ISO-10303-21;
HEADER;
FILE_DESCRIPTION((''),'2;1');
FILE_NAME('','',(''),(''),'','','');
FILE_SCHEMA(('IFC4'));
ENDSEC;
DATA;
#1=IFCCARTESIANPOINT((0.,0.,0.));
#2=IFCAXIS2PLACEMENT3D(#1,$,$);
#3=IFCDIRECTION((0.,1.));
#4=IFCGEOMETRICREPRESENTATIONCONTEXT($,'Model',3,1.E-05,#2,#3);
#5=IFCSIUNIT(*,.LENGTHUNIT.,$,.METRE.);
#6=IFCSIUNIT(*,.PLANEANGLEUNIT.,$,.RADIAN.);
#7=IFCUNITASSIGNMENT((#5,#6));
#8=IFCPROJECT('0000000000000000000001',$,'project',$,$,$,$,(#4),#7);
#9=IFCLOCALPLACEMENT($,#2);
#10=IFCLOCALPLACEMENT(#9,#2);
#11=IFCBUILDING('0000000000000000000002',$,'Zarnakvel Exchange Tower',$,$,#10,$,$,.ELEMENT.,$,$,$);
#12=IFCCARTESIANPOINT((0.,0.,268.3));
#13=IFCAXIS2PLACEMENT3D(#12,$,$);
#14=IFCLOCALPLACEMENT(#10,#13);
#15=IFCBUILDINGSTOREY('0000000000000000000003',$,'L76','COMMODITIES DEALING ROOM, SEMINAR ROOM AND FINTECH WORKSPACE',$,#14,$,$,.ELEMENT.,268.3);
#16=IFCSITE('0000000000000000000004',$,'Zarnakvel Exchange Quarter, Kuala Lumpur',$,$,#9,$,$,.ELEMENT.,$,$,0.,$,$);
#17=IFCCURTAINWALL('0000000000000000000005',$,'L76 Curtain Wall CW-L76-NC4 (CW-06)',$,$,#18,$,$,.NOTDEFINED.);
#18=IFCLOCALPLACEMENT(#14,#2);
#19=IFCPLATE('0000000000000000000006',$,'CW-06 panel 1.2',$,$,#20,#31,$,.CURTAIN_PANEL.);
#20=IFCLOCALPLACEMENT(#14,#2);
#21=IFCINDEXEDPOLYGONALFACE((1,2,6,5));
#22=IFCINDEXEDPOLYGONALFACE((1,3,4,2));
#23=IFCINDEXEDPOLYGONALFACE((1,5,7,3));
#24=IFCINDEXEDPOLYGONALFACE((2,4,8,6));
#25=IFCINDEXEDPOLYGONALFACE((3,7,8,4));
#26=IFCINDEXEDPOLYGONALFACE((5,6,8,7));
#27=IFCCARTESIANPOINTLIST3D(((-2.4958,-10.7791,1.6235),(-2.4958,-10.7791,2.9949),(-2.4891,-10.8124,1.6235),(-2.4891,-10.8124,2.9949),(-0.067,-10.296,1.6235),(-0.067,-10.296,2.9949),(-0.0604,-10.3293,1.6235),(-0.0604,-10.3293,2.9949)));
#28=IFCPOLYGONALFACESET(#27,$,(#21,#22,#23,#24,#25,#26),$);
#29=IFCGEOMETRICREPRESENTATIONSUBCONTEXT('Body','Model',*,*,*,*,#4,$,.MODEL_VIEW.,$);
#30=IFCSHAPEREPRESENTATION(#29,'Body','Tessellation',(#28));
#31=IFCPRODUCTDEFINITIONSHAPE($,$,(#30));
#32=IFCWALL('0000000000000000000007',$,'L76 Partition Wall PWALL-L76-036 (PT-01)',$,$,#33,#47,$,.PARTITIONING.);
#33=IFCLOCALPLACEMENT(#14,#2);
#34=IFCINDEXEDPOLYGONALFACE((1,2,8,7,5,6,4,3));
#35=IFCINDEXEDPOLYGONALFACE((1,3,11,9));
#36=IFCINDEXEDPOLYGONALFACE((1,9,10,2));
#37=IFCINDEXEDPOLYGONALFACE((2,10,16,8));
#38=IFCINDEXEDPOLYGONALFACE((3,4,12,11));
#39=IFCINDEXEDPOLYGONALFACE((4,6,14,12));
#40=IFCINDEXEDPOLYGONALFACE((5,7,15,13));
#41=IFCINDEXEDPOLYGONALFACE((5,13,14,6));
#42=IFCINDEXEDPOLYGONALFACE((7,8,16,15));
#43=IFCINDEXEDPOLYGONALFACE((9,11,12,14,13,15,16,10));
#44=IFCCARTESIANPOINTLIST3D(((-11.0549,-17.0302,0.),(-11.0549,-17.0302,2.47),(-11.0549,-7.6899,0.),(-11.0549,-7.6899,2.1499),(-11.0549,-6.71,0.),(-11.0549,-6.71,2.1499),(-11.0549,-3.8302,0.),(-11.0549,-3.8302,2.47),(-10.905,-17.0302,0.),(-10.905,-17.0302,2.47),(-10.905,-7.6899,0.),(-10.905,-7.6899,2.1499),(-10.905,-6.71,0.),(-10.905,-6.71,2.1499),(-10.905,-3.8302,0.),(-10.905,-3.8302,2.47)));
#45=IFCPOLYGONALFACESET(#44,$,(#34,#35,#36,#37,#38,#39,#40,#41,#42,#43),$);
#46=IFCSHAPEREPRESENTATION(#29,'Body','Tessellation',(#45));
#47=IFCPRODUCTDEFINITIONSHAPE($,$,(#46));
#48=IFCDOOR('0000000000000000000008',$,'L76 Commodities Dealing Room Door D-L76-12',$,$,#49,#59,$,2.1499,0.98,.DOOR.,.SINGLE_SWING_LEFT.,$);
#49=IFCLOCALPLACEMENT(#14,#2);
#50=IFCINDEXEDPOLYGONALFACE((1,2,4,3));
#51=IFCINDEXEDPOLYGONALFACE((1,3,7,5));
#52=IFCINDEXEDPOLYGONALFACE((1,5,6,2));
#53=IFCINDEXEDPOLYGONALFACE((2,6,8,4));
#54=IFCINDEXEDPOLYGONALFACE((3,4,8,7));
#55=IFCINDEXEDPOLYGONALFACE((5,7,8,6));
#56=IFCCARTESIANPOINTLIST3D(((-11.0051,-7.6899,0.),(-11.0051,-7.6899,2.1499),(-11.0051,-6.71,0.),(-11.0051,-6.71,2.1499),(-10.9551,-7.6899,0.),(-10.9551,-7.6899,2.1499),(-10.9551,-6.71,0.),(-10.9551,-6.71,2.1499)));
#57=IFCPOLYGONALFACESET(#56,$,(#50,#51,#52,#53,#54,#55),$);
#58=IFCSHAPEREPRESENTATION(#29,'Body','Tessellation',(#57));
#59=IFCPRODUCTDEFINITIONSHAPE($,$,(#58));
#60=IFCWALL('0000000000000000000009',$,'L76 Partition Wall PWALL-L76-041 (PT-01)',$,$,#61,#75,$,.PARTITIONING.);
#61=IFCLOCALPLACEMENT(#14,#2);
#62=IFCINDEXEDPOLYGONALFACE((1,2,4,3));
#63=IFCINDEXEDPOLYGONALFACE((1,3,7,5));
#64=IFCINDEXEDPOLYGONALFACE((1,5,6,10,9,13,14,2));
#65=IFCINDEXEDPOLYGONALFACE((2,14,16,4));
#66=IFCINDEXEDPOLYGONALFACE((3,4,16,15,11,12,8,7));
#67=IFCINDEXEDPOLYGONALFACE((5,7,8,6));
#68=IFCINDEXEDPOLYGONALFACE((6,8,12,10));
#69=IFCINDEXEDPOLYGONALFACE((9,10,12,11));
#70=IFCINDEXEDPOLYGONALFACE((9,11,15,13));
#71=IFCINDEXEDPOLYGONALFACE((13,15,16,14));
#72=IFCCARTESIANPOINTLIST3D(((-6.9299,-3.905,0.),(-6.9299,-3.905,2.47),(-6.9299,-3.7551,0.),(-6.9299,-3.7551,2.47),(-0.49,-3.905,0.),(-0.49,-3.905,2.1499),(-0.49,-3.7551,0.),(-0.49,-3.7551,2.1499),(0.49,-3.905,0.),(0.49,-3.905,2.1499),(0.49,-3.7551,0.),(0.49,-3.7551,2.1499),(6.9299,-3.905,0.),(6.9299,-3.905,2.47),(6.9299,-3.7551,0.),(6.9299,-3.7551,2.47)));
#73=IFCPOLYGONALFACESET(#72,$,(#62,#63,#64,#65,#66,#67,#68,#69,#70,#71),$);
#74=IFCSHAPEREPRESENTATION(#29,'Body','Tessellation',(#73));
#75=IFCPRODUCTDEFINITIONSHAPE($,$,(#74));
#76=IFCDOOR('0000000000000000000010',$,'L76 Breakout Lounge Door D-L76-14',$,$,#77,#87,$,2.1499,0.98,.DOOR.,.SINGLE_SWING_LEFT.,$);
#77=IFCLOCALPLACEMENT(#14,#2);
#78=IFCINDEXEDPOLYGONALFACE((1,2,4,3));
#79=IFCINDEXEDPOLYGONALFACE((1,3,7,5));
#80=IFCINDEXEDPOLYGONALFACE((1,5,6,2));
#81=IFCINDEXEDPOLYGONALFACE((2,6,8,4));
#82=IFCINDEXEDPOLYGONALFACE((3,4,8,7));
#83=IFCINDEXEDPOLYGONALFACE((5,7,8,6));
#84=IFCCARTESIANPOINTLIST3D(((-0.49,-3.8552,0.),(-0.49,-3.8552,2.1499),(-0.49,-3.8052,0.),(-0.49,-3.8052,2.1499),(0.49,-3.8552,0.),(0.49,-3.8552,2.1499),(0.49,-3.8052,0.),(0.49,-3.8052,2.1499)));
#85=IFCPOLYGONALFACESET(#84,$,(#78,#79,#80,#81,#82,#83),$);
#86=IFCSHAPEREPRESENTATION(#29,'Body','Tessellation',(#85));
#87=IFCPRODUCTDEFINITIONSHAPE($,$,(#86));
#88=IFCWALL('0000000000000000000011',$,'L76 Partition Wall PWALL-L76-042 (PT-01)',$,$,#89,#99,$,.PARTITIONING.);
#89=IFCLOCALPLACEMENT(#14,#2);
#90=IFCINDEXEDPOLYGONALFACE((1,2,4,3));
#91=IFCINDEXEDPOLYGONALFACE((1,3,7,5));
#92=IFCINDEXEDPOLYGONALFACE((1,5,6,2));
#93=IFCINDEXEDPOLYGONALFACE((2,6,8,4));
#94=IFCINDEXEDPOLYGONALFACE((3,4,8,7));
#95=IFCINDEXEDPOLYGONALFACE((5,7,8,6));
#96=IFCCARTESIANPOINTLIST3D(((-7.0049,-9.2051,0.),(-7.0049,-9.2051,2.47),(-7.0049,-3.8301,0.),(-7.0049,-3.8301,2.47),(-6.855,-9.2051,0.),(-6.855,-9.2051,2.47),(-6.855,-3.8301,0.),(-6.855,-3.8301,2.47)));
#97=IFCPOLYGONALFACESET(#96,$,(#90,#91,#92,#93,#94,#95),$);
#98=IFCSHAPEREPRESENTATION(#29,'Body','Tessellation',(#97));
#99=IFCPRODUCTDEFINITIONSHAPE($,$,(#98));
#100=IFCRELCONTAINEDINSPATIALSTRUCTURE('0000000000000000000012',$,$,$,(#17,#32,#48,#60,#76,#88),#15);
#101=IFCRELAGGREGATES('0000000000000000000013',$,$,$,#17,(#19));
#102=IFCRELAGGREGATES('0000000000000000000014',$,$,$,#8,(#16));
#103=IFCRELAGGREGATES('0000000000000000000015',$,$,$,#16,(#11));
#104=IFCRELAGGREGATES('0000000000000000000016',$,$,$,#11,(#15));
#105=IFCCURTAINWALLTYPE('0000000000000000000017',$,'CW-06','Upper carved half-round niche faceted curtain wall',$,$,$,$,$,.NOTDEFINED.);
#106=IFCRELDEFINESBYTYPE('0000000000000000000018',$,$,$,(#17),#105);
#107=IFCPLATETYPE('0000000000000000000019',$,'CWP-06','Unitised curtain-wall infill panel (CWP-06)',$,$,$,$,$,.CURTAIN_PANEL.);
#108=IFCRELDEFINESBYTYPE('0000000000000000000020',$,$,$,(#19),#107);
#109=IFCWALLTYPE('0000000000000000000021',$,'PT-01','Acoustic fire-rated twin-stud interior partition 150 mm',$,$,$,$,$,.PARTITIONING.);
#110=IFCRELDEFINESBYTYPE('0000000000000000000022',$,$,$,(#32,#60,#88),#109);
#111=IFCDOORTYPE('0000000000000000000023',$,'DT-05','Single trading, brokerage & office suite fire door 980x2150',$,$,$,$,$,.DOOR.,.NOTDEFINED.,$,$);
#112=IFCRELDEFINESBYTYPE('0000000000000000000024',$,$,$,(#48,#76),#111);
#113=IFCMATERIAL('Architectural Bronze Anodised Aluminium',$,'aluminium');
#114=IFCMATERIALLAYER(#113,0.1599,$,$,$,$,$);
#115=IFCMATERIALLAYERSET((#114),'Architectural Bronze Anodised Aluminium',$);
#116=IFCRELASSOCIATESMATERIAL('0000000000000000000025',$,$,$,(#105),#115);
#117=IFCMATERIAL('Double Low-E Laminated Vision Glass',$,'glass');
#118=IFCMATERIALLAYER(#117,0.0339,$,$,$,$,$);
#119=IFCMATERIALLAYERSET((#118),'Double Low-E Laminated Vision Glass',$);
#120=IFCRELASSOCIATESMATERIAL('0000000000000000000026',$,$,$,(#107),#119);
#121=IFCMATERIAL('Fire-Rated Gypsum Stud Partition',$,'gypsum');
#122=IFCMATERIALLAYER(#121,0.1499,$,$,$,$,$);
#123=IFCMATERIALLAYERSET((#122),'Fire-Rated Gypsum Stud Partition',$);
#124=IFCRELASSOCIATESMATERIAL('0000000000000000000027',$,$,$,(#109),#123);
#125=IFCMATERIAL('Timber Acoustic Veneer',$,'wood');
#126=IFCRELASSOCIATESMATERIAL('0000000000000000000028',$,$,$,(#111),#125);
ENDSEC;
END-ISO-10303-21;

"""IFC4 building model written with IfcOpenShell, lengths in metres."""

from ifc_helpers import new_model, si_unit, direction, frame, frame_2d, origin, origin_2d, place, context, subcontext, project, spatial, rectangle, extrude, source, transform, mapped, material, layer, layer_set, type_object, element, fill, aggregate, save


model = new_model("IFC4")

# Units and contexts
model_context = context("Model", 3, precision=1e-05, world=origin(), true_north=direction((0.0, 1.0)))
body_context = subcontext(model_context, "Body", "Model", "MODEL_VIEW")
ifc_project = project(units=[si_unit("LENGTHUNIT", "METRE"), si_unit("PLANEANGLEUNIT", "RADIAN")], contexts=[model_context])

# Site, building, storey
site_placement = place(None, origin())
site = spatial("IfcSite", under=ifc_project, at=site_placement, Name="Zarnakvel Exchange Quarter, Kuala Lumpur", CompositionType="ELEMENT", RefElevation=0.0)
building_placement = place(site_placement, origin())
building = spatial("IfcBuilding", under=site, at=building_placement, Name="Zarnakvel Exchange Tower", CompositionType="ELEMENT")
storey_placement = place(building_placement, frame((0.0, 0.0, 268.3)))
storey = spatial("IfcBuildingStorey", under=building, at=storey_placement, Name="L76", Description="COMMODITIES DEALING ROOM, SEMINAR ROOM AND FINTECH WORKSPACE", CompositionType="ELEMENT", Elevation=268.3)

# Curtain wall
ifc_material_1 = material(Name="Architectural Bronze Anodised Aluminium", Category="aluminium")
ifc_layer_1 = layer(ifc_material_1, 0.1599)
ifc_layer_set_1 = layer_set([ifc_layer_1], Name="Architectural Bronze Anodised Aluminium")
curtain_wall_type = type_object("IfcCurtainWallType", Name="CW-06", Description="Upper carved half-round niche faceted curtain wall", PredefinedType="NOTDEFINED", material=ifc_layer_set_1)
curtain_wall_1_placement = place(storey_placement, origin())
curtain_wall_1 = element("IfcCurtainWall", 1, at=curtain_wall_1_placement, inside=storey, type_object=curtain_wall_type, Name="L76 Curtain Wall CW-L76-NC4 (CW-06)", PredefinedType="NOTDEFINED")

# Plate
ifc_material_2 = material(Name="Double Low-E Laminated Vision Glass", Category="glass")
ifc_layer_2 = layer(ifc_material_2, 0.0339)
ifc_layer_set_2 = layer_set([ifc_layer_2], Name="Double Low-E Laminated Vision Glass")
plate_type = type_object("IfcPlateType", Name="CWP-06", Description="Unitised curtain-wall infill panel (CWP-06)", PredefinedType="CURTAIN_PANEL", material=ifc_layer_set_2)
shared_shape_1 = source(origin(), body_context, "Body", "SweptSolid", [
    extrude(rectangle(XDim=2.4763, YDim=0.0339, at=origin_2d()), origin(), (0.0, 0.0, 1.0), 1.3713),
])
plate_1_placement = place(storey_placement, frame((-1.2781, -10.5542, 1.6235), z_axis=(0.0, 0.0, 1.0), x_axis=(0.980785, 0.19509, 0.0)))
plate_1 = element("IfcPlate", 2, at=plate_1_placement, type_object=plate_type, Name="CW-06 panel 1.2", PredefinedType="CURTAIN_PANEL", context=body_context, shape_type="MappedRepresentation", body=[
    mapped(shared_shape_1, transform((0.0, 0.0, 0.0), x_axis=(1.0, 0.0, 0.0), y_axis=(0.0, 1.0, 0.0), z_axis=(0.0, 0.0, 1.0), scale=1.0)),
])
aggregate(curtain_wall_1, [plate_1])

# Walls, openings, doors
ifc_material_3 = material(Name="Fire-Rated Gypsum Stud Partition", Category="gypsum")
ifc_layer_3 = layer(ifc_material_3, 0.1499)
ifc_layer_set_3 = layer_set([ifc_layer_3], Name="Fire-Rated Gypsum Stud Partition")
wall_type_1 = type_object("IfcWallType", Name="PT-01", Description="Acoustic fire-rated twin-stud interior partition 150 mm", PredefinedType="PARTITIONING", material=ifc_layer_set_3)
wall_1_placement = place(storey_placement, frame((-10.98, -3.8301, 0.0), z_axis=(0.0, 0.0, 1.0), x_axis=(0.0, -1.0, 0.0)))
wall_1 = element("IfcWall", 3, at=wall_1_placement, inside=storey, type_object=wall_type_1, Name="L76 Partition Wall PWALL-L76-036 (PT-01)", PredefinedType="PARTITIONING", context=body_context, shape_type="SweptSolid", body=[
    extrude(rectangle(XDim=13.2, YDim=0.1499, at=frame_2d((6.6001, 0.0))), origin(), (0.0, 0.0, 1.0), 2.47),
])
opening_1_placement = place(wall_1_placement, frame((2.8799, 0.0, 0.0)))
opening_1 = element("IfcOpeningElement", 4, at=opening_1_placement, cuts=wall_1, PredefinedType="OPENING", context=body_context, shape_type="SweptSolid", body=[
    extrude(rectangle(XDim=0.98, YDim=2.1499, at=frame_2d((0.49, 1.075))), frame((0.0, 0.085, 0.0), z_axis=(0.0, -1.0, 0.0), x_axis=(1.0, 0.0, 0.0)), (0.0, 0.0, 1.0), 0.1699),
])
ifc_material_4 = material(Name="Timber Acoustic Veneer", Category="wood")
door_type_1 = type_object("IfcDoorType", Name="DT-05", Description="Single trading, brokerage & office suite fire door 980x2150", OperationType="NOTDEFINED", PredefinedType="DOOR", material=ifc_material_4)
shared_shape_2 = source(origin(), body_context, "Body", "SweptSolid", [
    extrude(rectangle(XDim=0.98, YDim=2.1499, at=frame_2d((0.49, 1.075))), frame((0.0, 0.0249, 0.0), z_axis=(0.0, -1.0, 0.0), x_axis=(1.0, 0.0, 0.0)), (0.0, 0.0, 1.0), 0.05),
])
door_1_placement = place(opening_1_placement, origin())
door_1 = element("IfcDoor", 5, at=door_1_placement, inside=storey, type_object=door_type_1, Name="L76 Commodities Dealing Room Door D-L76-12", OperationType="SINGLE_SWING_LEFT", OverallHeight=2.1499, OverallWidth=0.98, PredefinedType="DOOR", context=body_context, shape_type="MappedRepresentation", body=[
    mapped(shared_shape_2, transform((0.0, 0.0, 0.0), x_axis=(1.0, 0.0, 0.0), y_axis=(0.0, 1.0, 0.0), z_axis=(0.0, 0.0, 1.0), scale=1.0)),
])
fill(opening_1, door_1)
wall_2_placement = place(storey_placement, frame((-6.9299, -3.8301, 0.0), z_axis=(0.0, 0.0, 1.0), x_axis=(1.0, 0.0, 0.0)))
wall_2 = element("IfcWall", 6, at=wall_2_placement, inside=storey, type_object=wall_type_1, Name="L76 Partition Wall PWALL-L76-041 (PT-01)", PredefinedType="PARTITIONING", context=body_context, shape_type="SweptSolid", body=[
    extrude(rectangle(XDim=13.8599, YDim=0.1499, at=frame_2d((6.9299, 0.0))), origin(), (0.0, 0.0, 1.0), 2.47),
])
opening_2_placement = place(wall_2_placement, frame((6.4399, 0.0, 0.0)))
opening_2 = element("IfcOpeningElement", 7, at=opening_2_placement, cuts=wall_2, PredefinedType="OPENING", context=body_context, shape_type="SweptSolid", body=[
    extrude(rectangle(XDim=0.98, YDim=2.1499, at=frame_2d((0.49, 1.075))), frame((0.0, 0.085, 0.0), z_axis=(0.0, -1.0, 0.0), x_axis=(1.0, 0.0, 0.0)), (0.0, 0.0, 1.0), 0.1699),
])
door_2_placement = place(opening_2_placement, origin())
door_2 = element("IfcDoor", 8, at=door_2_placement, inside=storey, type_object=door_type_1, Name="L76 Breakout Lounge Door D-L76-14", OperationType="SINGLE_SWING_LEFT", OverallHeight=2.1499, OverallWidth=0.98, PredefinedType="DOOR", context=body_context, shape_type="MappedRepresentation", body=[
    mapped(shared_shape_2, transform((0.0, 0.0, 0.0), x_axis=(1.0, 0.0, 0.0), y_axis=(0.0, 1.0, 0.0), z_axis=(0.0, 0.0, 1.0), scale=1.0)),
])
fill(opening_2, door_2)

# Wall
wall_3_placement = place(storey_placement, frame((-6.9299, -9.2051, 0.0), z_axis=(0.0, 0.0, 1.0), x_axis=(0.0, 1.0, 0.0)))
element("IfcWall", 9, at=wall_3_placement, inside=storey, type_object=wall_type_1, Name="L76 Partition Wall PWALL-L76-042 (PT-01)", PredefinedType="PARTITIONING", context=body_context, shape_type="SweptSolid", body=[
    extrude(rectangle(XDim=5.375, YDim=0.1499, at=frame_2d((2.6875, 0.0))), origin(), (0.0, 0.0, 1.0), 2.47),
])

save(model, "model.ifc")
